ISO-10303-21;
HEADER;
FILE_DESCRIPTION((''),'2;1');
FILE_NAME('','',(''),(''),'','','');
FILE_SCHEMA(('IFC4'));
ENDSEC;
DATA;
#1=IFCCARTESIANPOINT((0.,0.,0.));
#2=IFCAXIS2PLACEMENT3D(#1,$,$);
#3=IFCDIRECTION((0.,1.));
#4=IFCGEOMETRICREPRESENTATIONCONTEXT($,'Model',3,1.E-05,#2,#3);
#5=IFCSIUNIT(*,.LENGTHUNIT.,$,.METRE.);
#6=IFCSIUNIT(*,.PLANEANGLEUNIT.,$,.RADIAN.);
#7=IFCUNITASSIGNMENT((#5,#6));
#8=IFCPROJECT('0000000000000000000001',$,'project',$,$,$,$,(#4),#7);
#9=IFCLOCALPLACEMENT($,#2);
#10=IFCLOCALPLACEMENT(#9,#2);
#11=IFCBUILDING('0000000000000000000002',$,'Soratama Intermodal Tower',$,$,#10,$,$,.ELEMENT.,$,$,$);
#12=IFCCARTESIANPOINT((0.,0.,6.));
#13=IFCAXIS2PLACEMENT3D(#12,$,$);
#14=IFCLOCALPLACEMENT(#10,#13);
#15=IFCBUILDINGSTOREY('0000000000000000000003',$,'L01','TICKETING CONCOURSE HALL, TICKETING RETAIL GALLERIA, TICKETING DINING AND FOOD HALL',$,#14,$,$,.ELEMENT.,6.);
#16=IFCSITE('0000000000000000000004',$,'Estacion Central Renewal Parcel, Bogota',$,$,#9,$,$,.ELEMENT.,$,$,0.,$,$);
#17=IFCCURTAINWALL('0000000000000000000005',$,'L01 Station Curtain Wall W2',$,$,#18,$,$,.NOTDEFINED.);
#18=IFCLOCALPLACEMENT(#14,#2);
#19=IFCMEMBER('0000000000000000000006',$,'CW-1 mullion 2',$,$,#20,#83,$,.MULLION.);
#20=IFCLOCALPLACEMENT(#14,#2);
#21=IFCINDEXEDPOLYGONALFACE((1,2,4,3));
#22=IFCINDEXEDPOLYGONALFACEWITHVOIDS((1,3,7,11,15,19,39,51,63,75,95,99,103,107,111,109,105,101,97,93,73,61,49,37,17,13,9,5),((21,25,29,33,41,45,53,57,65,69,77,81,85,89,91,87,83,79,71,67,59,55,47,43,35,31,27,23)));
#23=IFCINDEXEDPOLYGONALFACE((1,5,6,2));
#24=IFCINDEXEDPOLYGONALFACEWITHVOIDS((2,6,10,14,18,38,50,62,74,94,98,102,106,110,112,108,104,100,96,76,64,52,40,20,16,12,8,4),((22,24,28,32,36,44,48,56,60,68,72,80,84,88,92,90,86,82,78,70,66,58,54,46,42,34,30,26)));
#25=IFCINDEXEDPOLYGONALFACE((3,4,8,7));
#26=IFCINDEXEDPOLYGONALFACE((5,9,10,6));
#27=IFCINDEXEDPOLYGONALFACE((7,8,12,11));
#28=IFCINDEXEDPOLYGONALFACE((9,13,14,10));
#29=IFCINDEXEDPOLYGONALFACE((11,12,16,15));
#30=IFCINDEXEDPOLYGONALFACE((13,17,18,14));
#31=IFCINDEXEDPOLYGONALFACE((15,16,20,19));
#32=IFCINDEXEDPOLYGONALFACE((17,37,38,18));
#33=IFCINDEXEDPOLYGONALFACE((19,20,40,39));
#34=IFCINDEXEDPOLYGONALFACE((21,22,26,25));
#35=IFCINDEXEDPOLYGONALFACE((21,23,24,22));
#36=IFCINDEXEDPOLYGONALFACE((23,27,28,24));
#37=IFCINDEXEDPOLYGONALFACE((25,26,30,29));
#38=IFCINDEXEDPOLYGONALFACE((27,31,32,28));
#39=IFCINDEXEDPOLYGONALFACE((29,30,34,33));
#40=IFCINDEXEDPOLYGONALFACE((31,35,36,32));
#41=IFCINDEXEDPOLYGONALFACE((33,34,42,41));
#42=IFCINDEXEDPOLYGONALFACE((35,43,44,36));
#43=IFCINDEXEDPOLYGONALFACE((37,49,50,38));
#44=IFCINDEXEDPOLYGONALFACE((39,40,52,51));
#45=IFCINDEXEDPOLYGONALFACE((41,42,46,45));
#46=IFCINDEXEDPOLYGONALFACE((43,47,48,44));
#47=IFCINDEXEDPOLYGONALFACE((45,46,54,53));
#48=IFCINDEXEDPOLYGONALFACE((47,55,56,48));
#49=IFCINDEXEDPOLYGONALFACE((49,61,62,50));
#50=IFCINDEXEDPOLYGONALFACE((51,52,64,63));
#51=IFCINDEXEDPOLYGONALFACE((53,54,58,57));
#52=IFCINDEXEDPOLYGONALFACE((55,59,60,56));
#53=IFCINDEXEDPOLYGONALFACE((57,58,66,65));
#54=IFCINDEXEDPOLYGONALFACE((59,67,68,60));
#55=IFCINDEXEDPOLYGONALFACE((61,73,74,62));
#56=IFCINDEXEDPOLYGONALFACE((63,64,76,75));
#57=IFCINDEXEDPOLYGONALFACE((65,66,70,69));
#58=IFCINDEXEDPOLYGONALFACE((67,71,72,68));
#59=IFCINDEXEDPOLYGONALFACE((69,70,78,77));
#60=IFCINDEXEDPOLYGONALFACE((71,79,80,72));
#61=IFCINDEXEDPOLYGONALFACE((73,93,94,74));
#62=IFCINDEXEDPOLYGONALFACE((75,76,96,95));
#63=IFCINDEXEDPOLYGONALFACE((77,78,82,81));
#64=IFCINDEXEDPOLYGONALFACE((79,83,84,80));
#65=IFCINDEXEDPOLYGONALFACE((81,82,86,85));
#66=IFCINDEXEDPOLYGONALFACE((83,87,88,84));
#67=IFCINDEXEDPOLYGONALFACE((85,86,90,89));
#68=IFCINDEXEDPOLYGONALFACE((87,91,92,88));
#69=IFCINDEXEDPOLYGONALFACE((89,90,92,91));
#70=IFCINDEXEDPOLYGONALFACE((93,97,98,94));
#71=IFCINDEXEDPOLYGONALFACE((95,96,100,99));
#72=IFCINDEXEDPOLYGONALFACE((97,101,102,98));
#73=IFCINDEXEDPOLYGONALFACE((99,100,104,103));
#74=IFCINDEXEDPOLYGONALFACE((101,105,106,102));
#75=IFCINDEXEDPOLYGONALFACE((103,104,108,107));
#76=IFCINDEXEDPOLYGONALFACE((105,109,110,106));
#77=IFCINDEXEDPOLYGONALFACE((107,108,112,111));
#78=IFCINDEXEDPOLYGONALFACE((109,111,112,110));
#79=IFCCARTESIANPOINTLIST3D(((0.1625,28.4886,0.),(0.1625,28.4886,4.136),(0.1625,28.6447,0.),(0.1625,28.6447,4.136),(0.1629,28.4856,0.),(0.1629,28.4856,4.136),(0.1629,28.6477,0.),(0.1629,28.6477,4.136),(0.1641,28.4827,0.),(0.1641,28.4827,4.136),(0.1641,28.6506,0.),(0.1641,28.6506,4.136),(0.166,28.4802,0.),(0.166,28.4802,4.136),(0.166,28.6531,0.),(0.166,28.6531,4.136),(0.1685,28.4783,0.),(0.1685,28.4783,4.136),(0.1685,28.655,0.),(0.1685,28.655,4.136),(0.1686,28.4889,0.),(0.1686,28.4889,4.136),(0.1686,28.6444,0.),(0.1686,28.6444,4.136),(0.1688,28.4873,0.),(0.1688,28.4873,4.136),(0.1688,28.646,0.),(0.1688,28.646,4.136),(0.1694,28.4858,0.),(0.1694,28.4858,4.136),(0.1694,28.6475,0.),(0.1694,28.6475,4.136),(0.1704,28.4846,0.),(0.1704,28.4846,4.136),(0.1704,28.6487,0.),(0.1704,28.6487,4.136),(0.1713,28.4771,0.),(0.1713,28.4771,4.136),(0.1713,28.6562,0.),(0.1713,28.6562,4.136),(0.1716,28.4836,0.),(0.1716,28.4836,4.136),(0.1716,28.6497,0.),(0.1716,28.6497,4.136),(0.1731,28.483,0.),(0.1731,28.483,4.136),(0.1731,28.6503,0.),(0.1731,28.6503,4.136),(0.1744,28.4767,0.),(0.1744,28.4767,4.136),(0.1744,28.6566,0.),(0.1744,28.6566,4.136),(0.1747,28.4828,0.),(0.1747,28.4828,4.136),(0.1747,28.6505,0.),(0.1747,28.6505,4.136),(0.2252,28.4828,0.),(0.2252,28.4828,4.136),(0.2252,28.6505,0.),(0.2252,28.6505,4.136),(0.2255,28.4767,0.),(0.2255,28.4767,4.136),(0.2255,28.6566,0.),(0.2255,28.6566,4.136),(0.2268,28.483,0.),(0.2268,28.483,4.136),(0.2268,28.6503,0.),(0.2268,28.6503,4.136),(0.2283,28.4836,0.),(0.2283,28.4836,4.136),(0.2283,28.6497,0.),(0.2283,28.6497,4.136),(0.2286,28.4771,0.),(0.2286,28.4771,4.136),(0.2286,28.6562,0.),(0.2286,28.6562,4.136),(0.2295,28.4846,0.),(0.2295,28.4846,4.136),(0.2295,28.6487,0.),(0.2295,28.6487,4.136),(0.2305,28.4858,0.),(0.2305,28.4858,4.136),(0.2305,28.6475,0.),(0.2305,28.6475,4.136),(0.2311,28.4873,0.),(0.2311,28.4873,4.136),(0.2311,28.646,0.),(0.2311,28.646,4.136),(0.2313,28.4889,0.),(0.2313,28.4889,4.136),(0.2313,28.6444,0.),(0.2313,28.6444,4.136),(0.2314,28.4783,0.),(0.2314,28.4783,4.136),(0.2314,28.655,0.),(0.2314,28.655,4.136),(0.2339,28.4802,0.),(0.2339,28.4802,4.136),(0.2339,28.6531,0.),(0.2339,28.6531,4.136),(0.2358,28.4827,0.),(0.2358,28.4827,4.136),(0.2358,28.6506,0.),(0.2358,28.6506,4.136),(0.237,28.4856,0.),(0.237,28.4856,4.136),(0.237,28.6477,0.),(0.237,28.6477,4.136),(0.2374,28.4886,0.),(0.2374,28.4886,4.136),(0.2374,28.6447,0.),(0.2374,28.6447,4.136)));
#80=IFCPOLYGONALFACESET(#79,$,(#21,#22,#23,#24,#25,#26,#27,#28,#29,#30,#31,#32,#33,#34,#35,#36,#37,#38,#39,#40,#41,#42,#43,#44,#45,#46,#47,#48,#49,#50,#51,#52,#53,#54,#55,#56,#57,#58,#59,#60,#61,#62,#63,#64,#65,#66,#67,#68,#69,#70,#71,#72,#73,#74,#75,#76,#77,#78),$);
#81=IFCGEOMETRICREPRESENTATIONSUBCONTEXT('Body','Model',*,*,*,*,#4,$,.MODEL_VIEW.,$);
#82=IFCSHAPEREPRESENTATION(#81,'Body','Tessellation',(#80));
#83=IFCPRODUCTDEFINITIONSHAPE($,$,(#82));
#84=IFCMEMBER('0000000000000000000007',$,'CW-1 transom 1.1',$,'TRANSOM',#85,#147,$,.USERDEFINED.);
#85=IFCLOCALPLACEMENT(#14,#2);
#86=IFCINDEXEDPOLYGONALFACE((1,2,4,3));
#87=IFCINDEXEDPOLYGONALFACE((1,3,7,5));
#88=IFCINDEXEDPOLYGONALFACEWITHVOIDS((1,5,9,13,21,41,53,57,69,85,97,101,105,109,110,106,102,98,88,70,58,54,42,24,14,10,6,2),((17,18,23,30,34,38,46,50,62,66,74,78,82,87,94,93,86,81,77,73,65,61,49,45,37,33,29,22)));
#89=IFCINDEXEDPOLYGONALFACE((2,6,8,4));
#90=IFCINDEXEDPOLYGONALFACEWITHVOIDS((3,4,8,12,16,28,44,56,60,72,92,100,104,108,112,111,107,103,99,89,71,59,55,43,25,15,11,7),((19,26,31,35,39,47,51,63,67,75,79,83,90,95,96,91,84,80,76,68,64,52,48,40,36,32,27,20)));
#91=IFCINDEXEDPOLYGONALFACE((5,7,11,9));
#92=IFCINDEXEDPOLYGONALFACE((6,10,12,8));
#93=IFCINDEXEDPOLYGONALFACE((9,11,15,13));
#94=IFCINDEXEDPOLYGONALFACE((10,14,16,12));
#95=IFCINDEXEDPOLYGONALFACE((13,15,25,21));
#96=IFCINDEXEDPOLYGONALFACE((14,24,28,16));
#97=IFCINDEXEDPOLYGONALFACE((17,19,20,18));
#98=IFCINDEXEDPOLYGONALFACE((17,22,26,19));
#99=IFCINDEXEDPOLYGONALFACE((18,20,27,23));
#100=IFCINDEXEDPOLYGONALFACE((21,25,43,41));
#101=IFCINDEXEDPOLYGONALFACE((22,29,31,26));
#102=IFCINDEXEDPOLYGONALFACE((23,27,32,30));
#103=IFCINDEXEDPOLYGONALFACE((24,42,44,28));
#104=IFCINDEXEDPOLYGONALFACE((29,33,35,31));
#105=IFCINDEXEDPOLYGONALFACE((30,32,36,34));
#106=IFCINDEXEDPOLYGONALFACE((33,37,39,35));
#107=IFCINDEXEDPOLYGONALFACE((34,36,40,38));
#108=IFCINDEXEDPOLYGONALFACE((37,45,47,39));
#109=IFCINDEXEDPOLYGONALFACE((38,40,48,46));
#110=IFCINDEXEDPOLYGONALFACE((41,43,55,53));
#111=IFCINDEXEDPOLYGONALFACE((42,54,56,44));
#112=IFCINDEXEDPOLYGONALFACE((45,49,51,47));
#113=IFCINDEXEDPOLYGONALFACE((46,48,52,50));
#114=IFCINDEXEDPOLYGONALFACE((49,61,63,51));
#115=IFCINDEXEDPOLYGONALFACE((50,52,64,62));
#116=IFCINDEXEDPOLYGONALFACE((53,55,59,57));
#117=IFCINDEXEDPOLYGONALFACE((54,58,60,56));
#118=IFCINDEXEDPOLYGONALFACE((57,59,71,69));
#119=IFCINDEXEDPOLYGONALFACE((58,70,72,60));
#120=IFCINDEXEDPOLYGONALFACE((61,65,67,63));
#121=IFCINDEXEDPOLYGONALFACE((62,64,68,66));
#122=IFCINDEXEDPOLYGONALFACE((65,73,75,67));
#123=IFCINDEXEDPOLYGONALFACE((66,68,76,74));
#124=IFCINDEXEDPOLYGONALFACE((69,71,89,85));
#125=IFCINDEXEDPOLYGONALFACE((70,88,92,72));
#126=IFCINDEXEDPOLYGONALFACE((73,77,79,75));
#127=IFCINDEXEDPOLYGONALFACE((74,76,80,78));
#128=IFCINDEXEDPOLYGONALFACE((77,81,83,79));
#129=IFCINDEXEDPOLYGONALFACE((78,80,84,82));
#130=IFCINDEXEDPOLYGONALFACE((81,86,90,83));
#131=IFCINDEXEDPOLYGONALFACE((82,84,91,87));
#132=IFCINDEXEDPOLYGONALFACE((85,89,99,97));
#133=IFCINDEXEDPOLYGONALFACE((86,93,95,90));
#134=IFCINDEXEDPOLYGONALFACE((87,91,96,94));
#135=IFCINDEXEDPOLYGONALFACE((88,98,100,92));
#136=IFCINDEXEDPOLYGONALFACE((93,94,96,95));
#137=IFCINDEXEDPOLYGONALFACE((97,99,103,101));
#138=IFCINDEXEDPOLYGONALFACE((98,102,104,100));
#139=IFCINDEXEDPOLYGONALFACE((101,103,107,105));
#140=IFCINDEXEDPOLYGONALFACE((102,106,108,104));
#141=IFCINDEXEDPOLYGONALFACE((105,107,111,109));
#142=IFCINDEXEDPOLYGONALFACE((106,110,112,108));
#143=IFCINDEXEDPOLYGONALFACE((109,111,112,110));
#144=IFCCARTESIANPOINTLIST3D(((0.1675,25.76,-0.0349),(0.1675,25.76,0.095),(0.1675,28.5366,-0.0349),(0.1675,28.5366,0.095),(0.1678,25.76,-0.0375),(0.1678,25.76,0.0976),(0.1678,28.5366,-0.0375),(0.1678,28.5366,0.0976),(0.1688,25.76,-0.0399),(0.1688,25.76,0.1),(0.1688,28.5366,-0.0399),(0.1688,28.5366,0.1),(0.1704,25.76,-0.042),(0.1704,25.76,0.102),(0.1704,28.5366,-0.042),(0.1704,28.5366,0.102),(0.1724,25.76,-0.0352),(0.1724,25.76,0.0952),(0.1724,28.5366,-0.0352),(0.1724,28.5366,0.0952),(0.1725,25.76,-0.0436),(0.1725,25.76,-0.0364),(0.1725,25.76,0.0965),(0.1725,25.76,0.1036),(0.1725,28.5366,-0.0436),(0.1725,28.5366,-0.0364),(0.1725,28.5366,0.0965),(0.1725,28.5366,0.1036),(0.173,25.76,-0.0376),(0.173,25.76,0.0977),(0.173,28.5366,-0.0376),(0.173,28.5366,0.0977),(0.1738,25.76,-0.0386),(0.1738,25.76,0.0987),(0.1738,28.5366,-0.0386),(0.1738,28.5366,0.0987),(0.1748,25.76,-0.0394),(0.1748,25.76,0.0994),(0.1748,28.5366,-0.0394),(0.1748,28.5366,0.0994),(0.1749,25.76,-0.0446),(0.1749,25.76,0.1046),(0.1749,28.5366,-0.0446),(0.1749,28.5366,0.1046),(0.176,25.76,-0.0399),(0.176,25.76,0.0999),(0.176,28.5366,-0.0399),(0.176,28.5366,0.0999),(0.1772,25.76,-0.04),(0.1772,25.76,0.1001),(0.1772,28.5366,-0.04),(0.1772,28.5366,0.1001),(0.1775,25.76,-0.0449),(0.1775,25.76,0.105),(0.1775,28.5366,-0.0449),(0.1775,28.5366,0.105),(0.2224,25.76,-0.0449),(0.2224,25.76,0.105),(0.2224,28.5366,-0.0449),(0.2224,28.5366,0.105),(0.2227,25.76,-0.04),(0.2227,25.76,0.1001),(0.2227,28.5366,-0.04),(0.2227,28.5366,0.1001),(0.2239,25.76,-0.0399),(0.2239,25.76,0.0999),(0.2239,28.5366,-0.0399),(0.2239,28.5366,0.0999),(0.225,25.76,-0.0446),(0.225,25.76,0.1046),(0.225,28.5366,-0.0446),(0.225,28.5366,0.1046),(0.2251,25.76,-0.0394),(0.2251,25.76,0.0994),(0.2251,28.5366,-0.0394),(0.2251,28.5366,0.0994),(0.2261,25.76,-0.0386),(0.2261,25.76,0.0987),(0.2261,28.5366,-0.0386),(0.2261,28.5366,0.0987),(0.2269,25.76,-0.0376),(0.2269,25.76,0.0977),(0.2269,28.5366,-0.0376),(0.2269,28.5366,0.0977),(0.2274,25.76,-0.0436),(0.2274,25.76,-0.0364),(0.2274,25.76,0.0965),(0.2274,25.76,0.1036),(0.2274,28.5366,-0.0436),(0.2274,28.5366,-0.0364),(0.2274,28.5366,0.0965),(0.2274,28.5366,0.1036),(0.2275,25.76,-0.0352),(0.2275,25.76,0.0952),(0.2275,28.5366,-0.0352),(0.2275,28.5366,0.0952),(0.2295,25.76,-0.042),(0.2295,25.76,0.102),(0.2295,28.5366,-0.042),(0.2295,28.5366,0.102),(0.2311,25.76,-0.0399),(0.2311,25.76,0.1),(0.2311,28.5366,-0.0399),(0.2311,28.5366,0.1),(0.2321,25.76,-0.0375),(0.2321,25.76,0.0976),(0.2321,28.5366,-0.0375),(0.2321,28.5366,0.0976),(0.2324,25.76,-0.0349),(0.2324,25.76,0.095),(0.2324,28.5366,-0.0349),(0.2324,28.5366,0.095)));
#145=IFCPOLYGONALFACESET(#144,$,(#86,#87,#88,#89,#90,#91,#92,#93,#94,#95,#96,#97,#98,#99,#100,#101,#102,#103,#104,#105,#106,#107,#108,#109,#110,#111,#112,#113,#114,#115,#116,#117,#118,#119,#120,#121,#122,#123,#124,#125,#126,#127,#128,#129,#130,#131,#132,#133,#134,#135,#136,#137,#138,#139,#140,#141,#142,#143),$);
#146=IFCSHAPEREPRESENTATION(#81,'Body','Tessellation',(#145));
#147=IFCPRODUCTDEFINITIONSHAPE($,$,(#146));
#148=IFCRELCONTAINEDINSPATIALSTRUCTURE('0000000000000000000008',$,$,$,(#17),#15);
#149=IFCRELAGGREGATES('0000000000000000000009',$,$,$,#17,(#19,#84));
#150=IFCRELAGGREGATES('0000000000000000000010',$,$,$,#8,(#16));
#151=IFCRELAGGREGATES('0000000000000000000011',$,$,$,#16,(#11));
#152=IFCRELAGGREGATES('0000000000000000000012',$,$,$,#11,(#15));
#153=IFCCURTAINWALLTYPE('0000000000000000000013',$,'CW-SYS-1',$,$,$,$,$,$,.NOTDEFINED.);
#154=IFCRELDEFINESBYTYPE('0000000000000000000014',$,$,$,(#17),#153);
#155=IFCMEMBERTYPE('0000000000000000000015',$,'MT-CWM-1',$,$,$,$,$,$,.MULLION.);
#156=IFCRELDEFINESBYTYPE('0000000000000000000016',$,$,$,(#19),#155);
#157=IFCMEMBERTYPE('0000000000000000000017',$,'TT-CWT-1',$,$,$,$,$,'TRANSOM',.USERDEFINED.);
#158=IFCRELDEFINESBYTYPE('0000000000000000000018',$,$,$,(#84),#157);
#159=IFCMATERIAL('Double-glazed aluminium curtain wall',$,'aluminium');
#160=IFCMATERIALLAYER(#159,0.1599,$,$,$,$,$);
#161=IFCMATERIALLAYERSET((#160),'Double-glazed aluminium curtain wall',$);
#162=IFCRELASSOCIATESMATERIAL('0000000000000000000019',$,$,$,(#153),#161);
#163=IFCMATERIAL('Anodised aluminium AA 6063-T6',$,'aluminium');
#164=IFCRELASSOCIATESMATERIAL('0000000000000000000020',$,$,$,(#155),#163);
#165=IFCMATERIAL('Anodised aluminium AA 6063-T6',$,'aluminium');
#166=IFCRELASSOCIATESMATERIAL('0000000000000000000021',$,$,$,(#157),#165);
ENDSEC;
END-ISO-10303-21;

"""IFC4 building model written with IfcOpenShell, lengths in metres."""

from ifc_helpers import new_model, si_unit, direction, frame, origin, origin_2d, place, context, subcontext, project, spatial, hollow_rectangle, extrude, material, layer, layer_set, material_profile, profile_set, type_object, element, aggregate, save


model = new_model("IFC4")

# Units and contexts
model_context = context("Model", 3, precision=1e-05, world=origin(), true_north=direction((0.0, 1.0)))
body_context = subcontext(model_context, "Body", "Model", "MODEL_VIEW")
ifc_project = project(units=[si_unit("LENGTHUNIT", "METRE"), si_unit("PLANEANGLEUNIT", "RADIAN")], contexts=[model_context])

# Site, building, storey
site_placement = place(None, origin())
site = spatial("IfcSite", under=ifc_project, at=site_placement, Name="Estacion Central Renewal Parcel, Bogota", CompositionType="ELEMENT", RefElevation=0.0)
building_placement = place(site_placement, origin())
building = spatial("IfcBuilding", under=site, at=building_placement, Name="Soratama Intermodal Tower", CompositionType="ELEMENT")
storey_placement = place(building_placement, frame((0.0, 0.0, 6.0)))
storey = spatial("IfcBuildingStorey", under=building, at=storey_placement, Name="L01", Description="TICKETING CONCOURSE HALL, TICKETING RETAIL GALLERIA, TICKETING DINING AND FOOD HALL", CompositionType="ELEMENT", Elevation=6.0)

# Shared definitions
ifc_material_1 = material(Name="Double-glazed aluminium curtain wall", Category="aluminium")
ifc_layer_1 = layer(ifc_material_1, 0.1599)
ifc_layer_set_1 = layer_set([ifc_layer_1], Name="Double-glazed aluminium curtain wall")
curtain_wall_type = type_object("IfcCurtainWallType", Name="CW-SYS-1", PredefinedType="NOTDEFINED", material=ifc_layer_set_1)
ifc_material_2 = material(Name="Anodised aluminium AA 6063-T6", Category="aluminium")
ifc_material_profile_1 = material_profile(ifc_material_2, hollow_rectangle(XDim=0.075, YDim=0.1799, WallThickness=0.0061, InnerFilletRadius=0.0061, OuterFilletRadius=0.012, at=origin_2d()), Name="CWM180X75X6")
ifc_profile_set_1 = profile_set([ifc_material_profile_1], Name="Anodised aluminium AA 6063-T6")
member_type_1 = type_object("IfcMemberType", Name="MT-CWM-1", PredefinedType="MULLION", material=ifc_profile_set_1)

# Curtain wall, members
curtain_wall_1_placement = place(storey_placement, origin())
curtain_wall_1 = element("IfcCurtainWall", 1, at=curtain_wall_1_placement, inside=storey, type_object=curtain_wall_type, Name="L01 Station Curtain Wall W2", PredefinedType="NOTDEFINED")
member_1_placement = place(storey_placement, frame((0.2, 28.5667, 0.0), z_axis=(0.0, 0.0, 1.0), x_axis=(-1.0, 0.0, 0.0)))
member_1 = element("IfcMember", 2, at=member_1_placement, type_object=member_type_1, Name="CW-1 mullion 2", PredefinedType="MULLION", context=body_context, shape_type="SweptSolid", body=[
    extrude(hollow_rectangle(XDim=0.075, YDim=0.1799, WallThickness=0.0061, InnerFilletRadius=0.0061, OuterFilletRadius=0.012, at=origin_2d()), origin(), (0.0, 0.0, 1.0), 4.136),
])
ifc_material_3 = material(Name="Anodised aluminium AA 6063-T6", Category="aluminium")
ifc_material_profile_2 = material_profile(ifc_material_3, hollow_rectangle(XDim=0.0649, YDim=0.1499, WallThickness=0.0049, InnerFilletRadius=0.0049, OuterFilletRadius=0.01, at=origin_2d()), Name="CWT150X65X5")
ifc_profile_set_2 = profile_set([ifc_material_profile_2], Name="Anodised aluminium AA 6063-T6")
member_type_2 = type_object("IfcMemberType", Name="TT-CWT-1", ElementType="TRANSOM", PredefinedType="USERDEFINED", material=ifc_profile_set_2)
member_2_placement = place(storey_placement, frame((0.2, 25.76, 0.03), z_axis=(0.0, 1.0, 0.0), x_axis=(-1.0, 0.0, 0.0)))
member_2 = element("IfcMember", 3, at=member_2_placement, type_object=member_type_2, Name="CW-1 transom 1.1", ObjectType="TRANSOM", PredefinedType="USERDEFINED", context=body_context, shape_type="SweptSolid", body=[
    extrude(hollow_rectangle(XDim=0.0649, YDim=0.1499, WallThickness=0.0049, InnerFilletRadius=0.0049, OuterFilletRadius=0.01, at=origin_2d()), origin(), (0.0, 0.0, 1.0), 2.7766),
])

aggregate(curtain_wall_1, [member_1, member_2])

save(model, "model.ifc")
